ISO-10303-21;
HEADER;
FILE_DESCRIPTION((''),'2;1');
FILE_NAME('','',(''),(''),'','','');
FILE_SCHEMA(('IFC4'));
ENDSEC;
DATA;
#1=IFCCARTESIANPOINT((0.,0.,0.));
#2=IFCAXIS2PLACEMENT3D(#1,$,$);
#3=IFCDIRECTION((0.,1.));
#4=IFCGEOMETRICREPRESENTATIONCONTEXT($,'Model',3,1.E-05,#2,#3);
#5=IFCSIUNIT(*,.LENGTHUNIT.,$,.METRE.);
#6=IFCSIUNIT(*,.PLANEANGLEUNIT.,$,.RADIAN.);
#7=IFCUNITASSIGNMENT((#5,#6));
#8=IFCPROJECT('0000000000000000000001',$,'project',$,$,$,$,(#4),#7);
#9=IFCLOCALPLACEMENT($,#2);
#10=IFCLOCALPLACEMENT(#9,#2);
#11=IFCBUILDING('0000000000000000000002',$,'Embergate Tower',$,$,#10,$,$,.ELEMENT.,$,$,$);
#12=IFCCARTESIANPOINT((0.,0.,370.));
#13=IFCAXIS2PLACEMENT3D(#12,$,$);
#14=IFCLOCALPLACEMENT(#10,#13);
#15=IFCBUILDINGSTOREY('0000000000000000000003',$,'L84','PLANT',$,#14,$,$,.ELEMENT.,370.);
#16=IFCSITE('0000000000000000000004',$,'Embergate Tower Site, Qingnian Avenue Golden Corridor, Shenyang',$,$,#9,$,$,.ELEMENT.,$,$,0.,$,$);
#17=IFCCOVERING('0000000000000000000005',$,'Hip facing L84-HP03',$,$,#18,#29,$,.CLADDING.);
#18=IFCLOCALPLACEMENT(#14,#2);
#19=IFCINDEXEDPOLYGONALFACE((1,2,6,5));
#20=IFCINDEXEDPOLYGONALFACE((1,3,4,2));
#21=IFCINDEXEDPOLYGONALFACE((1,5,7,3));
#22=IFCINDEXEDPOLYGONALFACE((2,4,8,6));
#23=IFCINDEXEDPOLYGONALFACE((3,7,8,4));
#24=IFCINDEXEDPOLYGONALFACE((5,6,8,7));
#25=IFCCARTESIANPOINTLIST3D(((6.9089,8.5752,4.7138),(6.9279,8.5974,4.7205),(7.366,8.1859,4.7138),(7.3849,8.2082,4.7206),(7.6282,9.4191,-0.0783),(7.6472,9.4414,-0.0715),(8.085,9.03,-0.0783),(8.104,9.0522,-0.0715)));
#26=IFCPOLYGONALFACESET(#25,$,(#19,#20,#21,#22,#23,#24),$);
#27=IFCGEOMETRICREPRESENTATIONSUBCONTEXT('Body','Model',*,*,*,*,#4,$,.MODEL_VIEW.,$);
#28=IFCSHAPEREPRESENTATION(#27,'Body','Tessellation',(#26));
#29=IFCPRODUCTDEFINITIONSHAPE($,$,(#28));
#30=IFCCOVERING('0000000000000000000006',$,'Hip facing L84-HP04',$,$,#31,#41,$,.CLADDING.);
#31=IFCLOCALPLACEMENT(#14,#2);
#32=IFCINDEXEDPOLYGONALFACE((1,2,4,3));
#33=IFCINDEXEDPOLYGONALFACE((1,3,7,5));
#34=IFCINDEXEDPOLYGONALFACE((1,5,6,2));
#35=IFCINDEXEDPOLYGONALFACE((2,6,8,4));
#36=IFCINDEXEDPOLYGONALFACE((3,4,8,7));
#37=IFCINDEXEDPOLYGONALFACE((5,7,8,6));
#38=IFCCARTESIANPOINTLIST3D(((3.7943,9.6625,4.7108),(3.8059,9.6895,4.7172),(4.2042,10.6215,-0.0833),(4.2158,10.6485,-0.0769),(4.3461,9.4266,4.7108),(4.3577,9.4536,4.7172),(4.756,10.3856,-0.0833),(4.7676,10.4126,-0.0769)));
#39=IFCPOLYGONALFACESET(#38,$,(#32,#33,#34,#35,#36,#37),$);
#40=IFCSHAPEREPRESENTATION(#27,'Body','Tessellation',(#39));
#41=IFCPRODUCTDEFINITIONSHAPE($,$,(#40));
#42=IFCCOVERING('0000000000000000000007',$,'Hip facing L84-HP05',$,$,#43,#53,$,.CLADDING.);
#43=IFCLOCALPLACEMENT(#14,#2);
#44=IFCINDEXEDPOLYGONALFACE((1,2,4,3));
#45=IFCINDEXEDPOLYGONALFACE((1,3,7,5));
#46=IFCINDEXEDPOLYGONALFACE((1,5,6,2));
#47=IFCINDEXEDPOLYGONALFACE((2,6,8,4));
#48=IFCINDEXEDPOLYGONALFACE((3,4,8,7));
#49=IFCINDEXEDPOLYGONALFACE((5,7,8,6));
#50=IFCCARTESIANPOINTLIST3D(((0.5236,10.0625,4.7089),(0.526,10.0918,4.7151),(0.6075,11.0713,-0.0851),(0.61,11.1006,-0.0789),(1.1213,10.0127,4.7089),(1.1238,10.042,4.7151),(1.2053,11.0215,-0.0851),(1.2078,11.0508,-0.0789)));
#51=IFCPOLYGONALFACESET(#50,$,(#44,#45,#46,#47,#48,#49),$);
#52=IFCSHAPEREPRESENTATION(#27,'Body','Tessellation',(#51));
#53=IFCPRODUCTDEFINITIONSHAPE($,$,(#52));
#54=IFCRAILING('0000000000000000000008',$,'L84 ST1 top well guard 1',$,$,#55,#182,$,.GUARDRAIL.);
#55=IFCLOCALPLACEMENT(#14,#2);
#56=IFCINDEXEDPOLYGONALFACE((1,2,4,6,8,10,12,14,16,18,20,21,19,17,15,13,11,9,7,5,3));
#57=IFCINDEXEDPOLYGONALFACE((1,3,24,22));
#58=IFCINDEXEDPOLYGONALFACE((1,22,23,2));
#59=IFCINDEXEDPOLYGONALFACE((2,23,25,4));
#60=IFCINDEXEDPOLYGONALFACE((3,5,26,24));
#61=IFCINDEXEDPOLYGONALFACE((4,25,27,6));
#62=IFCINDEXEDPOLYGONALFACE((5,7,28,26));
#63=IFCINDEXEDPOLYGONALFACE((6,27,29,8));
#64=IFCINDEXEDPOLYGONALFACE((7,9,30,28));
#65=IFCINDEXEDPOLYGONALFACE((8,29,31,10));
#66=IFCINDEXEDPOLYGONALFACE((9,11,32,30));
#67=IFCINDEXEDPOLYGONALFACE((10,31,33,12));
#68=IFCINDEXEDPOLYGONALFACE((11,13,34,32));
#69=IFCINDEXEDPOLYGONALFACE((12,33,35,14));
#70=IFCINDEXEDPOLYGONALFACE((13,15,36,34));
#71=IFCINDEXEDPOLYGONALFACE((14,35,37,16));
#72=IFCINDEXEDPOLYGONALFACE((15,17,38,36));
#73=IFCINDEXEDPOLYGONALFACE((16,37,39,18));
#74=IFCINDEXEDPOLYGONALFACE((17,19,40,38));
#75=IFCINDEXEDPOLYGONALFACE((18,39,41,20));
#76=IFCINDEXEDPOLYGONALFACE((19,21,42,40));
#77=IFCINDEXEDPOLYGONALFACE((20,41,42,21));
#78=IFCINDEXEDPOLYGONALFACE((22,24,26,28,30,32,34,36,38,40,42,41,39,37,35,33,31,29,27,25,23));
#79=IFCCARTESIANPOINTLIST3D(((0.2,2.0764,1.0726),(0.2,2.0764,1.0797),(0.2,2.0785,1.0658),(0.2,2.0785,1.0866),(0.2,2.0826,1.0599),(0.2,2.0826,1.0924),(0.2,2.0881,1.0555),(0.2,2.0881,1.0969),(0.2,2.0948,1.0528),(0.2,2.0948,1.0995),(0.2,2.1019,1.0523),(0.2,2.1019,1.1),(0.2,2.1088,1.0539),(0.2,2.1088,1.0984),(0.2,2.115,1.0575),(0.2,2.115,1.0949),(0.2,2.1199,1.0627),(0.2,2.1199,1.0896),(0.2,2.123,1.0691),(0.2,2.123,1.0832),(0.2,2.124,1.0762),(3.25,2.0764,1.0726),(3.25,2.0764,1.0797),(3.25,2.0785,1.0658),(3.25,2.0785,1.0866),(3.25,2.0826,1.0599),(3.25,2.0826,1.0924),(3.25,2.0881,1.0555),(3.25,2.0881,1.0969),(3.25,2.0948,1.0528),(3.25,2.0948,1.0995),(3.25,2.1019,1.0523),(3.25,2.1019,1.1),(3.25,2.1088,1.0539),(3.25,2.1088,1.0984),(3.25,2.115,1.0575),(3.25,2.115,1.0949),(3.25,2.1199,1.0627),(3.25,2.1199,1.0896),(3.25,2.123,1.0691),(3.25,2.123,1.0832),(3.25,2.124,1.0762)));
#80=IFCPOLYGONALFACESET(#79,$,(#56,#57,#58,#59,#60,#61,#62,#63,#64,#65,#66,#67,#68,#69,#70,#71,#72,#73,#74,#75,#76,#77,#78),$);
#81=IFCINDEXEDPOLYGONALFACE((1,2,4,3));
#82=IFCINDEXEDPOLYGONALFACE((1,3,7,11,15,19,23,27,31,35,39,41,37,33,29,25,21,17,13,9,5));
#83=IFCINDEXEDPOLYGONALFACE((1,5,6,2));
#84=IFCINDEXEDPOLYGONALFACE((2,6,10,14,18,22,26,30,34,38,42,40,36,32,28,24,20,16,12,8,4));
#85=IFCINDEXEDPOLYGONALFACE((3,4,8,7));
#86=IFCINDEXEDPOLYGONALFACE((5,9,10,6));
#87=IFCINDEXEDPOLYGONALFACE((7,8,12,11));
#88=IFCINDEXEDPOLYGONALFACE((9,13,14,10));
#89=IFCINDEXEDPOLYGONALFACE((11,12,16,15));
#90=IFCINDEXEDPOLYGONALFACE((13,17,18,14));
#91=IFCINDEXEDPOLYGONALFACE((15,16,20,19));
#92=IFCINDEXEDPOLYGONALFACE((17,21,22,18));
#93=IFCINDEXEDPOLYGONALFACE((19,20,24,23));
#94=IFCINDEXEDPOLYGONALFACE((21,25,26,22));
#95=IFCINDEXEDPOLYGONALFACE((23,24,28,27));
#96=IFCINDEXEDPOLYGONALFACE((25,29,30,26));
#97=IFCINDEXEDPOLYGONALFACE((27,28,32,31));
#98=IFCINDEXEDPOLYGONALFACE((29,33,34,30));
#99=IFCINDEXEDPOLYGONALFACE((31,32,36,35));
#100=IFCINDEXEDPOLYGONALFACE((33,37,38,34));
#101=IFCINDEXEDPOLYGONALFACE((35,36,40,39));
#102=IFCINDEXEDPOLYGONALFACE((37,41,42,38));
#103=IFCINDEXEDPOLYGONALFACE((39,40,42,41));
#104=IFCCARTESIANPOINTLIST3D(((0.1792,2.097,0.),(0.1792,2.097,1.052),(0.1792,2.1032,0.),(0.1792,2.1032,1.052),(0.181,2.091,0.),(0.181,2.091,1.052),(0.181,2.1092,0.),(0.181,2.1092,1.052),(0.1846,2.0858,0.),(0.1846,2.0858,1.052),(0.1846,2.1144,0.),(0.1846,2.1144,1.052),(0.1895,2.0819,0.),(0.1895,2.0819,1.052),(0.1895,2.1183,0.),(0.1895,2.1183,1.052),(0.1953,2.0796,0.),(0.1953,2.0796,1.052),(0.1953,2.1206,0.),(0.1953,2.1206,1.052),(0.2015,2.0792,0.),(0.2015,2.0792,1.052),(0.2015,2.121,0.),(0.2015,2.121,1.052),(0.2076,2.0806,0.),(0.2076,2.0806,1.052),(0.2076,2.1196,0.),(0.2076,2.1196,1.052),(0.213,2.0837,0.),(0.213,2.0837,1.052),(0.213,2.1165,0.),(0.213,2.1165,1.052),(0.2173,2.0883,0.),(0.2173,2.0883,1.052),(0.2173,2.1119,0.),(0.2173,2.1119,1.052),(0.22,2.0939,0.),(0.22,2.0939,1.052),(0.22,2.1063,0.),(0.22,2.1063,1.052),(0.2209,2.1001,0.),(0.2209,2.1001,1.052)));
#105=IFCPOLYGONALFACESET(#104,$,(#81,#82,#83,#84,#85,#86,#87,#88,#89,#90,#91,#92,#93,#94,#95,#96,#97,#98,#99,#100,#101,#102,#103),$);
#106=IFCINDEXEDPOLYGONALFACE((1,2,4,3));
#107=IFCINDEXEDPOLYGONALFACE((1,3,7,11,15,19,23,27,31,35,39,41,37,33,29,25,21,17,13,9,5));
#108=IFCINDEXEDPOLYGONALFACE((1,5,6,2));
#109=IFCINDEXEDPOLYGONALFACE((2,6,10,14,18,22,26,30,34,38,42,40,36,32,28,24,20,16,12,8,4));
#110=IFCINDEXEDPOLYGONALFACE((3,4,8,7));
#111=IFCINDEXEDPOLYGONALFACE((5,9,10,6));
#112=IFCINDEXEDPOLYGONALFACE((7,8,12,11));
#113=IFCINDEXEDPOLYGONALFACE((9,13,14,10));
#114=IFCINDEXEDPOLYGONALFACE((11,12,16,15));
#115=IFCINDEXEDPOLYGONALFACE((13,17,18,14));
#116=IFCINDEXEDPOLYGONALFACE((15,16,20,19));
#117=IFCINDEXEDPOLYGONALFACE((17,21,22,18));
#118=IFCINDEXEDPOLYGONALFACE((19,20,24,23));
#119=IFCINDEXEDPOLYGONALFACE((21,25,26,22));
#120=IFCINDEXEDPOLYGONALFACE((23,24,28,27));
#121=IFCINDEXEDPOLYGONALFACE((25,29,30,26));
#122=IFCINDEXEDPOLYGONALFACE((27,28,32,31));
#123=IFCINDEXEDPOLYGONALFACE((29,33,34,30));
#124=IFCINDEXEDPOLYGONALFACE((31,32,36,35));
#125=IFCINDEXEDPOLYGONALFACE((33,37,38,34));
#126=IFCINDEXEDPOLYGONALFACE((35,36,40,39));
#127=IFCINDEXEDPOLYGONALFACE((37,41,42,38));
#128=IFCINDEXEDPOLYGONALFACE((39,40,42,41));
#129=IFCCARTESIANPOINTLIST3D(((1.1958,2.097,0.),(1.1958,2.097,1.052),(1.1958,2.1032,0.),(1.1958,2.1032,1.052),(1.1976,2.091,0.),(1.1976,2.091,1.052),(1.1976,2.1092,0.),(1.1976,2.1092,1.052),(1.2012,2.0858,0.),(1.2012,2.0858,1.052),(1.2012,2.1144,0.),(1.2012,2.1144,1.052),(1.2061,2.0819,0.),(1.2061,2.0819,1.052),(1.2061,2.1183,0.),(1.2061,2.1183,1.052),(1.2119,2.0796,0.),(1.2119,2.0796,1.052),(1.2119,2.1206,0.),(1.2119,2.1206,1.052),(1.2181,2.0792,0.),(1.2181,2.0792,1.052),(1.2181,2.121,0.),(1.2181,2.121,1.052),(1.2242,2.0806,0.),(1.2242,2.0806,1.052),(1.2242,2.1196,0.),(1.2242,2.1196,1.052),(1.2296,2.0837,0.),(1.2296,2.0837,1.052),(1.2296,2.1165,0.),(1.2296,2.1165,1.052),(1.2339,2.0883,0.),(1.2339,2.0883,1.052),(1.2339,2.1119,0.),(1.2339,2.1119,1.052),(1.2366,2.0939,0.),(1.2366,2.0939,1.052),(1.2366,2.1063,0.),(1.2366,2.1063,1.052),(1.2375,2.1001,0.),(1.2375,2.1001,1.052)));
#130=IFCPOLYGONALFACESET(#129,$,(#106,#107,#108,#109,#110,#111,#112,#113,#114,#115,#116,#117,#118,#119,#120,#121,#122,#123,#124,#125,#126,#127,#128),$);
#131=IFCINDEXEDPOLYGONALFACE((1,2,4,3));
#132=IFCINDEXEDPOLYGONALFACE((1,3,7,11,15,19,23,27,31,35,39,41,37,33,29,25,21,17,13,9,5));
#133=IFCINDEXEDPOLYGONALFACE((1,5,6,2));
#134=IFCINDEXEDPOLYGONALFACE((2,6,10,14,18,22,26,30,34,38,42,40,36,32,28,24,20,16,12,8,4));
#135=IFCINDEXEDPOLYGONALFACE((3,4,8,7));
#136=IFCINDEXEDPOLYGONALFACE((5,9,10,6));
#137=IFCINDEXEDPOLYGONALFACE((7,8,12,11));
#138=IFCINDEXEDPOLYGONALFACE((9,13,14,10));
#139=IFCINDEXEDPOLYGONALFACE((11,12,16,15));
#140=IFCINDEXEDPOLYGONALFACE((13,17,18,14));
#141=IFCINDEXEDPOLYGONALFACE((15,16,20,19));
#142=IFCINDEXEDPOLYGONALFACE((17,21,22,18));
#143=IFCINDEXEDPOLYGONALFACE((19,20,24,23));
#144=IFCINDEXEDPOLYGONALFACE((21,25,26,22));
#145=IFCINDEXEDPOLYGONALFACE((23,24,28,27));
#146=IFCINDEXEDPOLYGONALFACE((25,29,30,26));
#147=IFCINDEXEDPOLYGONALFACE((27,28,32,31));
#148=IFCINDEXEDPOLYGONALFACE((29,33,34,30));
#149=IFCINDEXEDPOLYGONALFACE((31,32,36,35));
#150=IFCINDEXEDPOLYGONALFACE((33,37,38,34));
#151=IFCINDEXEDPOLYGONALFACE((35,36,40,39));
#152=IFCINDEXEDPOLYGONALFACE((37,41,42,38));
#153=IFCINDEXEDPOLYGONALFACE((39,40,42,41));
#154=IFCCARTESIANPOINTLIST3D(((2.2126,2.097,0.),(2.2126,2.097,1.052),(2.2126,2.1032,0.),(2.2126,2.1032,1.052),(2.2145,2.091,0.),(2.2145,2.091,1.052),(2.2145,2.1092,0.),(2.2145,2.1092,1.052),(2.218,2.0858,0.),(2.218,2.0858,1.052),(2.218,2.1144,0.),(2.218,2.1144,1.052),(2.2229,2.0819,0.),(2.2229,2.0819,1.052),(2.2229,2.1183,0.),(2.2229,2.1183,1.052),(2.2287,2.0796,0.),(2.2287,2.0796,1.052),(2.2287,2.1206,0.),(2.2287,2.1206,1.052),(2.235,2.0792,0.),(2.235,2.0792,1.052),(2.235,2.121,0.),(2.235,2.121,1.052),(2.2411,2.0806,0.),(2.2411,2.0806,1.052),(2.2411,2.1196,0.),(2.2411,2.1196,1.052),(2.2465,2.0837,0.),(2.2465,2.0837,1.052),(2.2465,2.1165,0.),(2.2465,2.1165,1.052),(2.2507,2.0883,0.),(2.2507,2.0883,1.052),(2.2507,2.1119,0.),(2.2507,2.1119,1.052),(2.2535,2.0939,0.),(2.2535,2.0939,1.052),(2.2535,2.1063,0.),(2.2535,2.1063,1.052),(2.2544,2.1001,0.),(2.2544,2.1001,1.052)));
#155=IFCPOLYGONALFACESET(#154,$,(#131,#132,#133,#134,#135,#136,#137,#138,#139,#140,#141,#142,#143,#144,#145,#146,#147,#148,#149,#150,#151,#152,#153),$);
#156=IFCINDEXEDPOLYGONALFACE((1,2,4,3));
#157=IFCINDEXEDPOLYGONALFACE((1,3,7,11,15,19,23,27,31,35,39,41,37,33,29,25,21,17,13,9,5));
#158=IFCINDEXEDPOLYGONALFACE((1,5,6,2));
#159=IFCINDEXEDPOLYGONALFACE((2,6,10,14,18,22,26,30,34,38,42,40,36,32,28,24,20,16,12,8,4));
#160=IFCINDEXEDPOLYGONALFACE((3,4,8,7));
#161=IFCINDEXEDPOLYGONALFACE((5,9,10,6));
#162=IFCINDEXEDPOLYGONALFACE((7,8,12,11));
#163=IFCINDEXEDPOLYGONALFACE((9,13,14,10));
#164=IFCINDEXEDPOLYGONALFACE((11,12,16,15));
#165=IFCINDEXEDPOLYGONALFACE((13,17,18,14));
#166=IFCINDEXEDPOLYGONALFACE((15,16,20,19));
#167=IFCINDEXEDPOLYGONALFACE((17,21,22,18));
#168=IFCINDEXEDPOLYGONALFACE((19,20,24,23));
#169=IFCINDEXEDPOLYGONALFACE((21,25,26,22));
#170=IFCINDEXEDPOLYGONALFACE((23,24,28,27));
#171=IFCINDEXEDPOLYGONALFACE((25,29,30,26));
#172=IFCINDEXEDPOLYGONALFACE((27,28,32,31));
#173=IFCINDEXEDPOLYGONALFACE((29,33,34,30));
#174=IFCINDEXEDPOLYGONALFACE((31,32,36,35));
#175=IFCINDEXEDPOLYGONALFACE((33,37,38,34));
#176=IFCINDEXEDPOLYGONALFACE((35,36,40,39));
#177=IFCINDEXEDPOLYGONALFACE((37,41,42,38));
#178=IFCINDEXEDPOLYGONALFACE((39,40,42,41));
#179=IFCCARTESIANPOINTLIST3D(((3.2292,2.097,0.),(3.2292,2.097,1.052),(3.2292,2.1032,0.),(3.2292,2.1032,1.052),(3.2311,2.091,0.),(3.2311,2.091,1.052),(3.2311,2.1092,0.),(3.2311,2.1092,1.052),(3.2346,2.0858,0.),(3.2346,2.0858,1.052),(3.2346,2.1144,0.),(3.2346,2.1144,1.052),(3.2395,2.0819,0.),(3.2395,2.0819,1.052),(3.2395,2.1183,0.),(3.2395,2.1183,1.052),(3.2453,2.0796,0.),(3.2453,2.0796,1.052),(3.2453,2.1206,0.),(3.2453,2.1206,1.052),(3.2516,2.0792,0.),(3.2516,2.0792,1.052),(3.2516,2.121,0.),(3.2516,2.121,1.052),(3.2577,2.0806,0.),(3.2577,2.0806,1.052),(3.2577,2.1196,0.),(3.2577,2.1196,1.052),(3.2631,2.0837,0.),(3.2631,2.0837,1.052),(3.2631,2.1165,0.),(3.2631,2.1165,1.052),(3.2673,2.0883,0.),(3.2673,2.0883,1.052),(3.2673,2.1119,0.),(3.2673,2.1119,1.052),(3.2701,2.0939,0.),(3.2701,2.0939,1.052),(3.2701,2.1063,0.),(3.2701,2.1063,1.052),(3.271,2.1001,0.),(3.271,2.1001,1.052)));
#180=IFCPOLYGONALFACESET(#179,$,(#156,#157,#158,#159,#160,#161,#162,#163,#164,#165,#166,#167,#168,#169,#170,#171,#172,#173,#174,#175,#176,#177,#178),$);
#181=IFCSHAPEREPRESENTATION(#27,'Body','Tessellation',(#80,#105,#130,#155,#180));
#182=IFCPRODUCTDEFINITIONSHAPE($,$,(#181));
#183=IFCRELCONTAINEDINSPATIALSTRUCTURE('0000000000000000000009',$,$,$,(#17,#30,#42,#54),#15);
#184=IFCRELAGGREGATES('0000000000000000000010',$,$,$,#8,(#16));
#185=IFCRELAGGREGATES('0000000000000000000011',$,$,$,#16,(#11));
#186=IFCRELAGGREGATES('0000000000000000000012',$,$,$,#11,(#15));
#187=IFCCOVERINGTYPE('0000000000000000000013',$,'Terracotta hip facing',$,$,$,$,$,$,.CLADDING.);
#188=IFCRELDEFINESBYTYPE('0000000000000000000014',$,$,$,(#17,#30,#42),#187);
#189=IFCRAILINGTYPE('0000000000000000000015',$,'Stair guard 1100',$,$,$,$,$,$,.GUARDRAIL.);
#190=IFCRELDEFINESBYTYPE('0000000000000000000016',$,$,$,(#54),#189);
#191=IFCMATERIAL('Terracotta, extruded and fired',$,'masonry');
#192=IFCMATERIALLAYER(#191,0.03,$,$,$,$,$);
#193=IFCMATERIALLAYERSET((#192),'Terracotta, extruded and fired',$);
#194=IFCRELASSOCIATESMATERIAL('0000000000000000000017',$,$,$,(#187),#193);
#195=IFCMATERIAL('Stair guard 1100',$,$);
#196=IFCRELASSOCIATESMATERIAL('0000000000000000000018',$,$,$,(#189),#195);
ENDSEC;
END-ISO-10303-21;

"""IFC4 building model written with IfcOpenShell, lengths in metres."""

from ifc_helpers import new_model, si_unit, direction, frame, origin, origin_2d, place, context, subcontext, project, spatial, polyline, circle, outline, extrude, source, transform, mapped, material, layer, layer_set, type_object, element, save


model = new_model("IFC4")

# Units and contexts
model_context = context("Model", 3, precision=1e-05, world=origin(), true_north=direction((0.0, 1.0)))
body_context = subcontext(model_context, "Body", "Model", "MODEL_VIEW")
ifc_project = project(units=[si_unit("LENGTHUNIT", "METRE"), si_unit("PLANEANGLEUNIT", "RADIAN")], contexts=[model_context])

# Site, building, storey
site_placement = place(None, origin())
site = spatial("IfcSite", under=ifc_project, at=site_placement, Name="Embergate Tower Site, Qingnian Avenue Golden Corridor, Shenyang", CompositionType="ELEMENT", RefElevation=0.0)
building_placement = place(site_placement, origin())
building = spatial("IfcBuilding", under=site, at=building_placement, Name="Embergate Tower", CompositionType="ELEMENT")
storey_placement = place(building_placement, frame((0.0, 0.0, 370.0)))
storey = spatial("IfcBuildingStorey", under=building, at=storey_placement, Name="L84", Description="PLANT", CompositionType="ELEMENT", Elevation=370.0)

# Coverings
ifc_material_1 = material(Name="Terracotta, extruded and fired", Category="masonry")
ifc_layer_1 = layer(ifc_material_1, 0.03)
ifc_layer_set_1 = layer_set([ifc_layer_1], Name="Terracotta, extruded and fired")
covering_type = type_object("IfcCoveringType", Name="Terracotta hip facing", PredefinedType="CLADDING", material=ifc_layer_set_1)
shared_shape_1 = source(origin(), body_context, "Body", "SweptSolid", [
    extrude(outline(polyline([(0.0, 0.0), (4.9187, 0.0), (4.9187, -0.6003), (0.0, -0.6001), (0.0, 0.0)])), origin(), (0.0, 0.0, -1.0), 0.03),
])
covering_1_placement = place(storey_placement, frame((8.104, 9.0522, -0.0715), z_axis=(0.631719, 0.741695, 0.225431), x_axis=(-0.146189, -0.171605, 0.974259)))
element("IfcCovering", 1, at=covering_1_placement, inside=storey, type_object=covering_type, Name="Hip facing L84-HP03", PredefinedType="CLADDING", context=body_context, shape_type="MappedRepresentation", body=[
    mapped(shared_shape_1, transform((0.0, 0.0, 0.0))),
])
shared_shape_2 = source(origin(), body_context, "Body", "SweptSolid", [
    extrude(outline(polyline([(0.0, 0.0), (4.9062, 0.0), (4.9062, -0.6001), (0.0, -0.6001), (0.0, 0.0)])), origin(), (0.0, 0.0, -1.0), 0.03),
])
covering_2_placement = place(storey_placement, frame((4.7676, 10.4126, -0.0769), z_axis=(0.384053, 0.898509, 0.212567), x_axis=(-0.083548, -0.195459, 0.977147)))
element("IfcCovering", 2, at=covering_2_placement, inside=storey, type_object=covering_type, Name="Hip facing L84-HP04", PredefinedType="CLADDING", context=body_context, shape_type="MappedRepresentation", body=[
    mapped(shared_shape_2, transform((0.0, 0.0, 0.0))),
])
shared_shape_3 = source(origin(), body_context, "Body", "SweptSolid", [
    extrude(outline(polyline([(0.0, 0.0), (4.8997, 0.0), (4.8997, -0.5999), (0.0, -0.5999), (0.0, 0.0)])), origin(), (0.0, 0.0, -1.0), 0.03),
])
covering_3_placement = place(storey_placement, frame((1.2078, 11.0508, -0.0789), z_axis=(0.081221, 0.975048, 0.206602), x_axis=(-0.017141, -0.20589, 0.978425)))
element("IfcCovering", 3, at=covering_3_placement, inside=storey, type_object=covering_type, Name="Hip facing L84-HP05", PredefinedType="CLADDING", context=body_context, shape_type="MappedRepresentation", body=[
    mapped(shared_shape_3, transform((0.0, 0.0, 0.0))),
])

# Railing
ifc_material_2 = material(Name="Stair guard 1100")
railing_type = type_object("IfcRailingType", Name="Stair guard 1100", PredefinedType="GUARDRAIL", material=ifc_material_2)
shared_shape_4 = source(origin(), body_context, "Body", "SweptSolid", [
    extrude(circle(Radius=0.0239, at=origin_2d()), frame((0.0, 0.0, 1.0762), z_axis=(1.0, 0.0, 0.0), x_axis=(0.0, 1.0, 0.0)), (0.0, 0.0, 1.0), 3.05),
    extrude(circle(Radius=0.021, at=origin_2d()), origin(), (0.0, 0.0, 1.0), 1.052),
    extrude(circle(Radius=0.021, at=origin_2d()), frame((1.0166, 0.0, 0.0)), (0.0, 0.0, 1.0), 1.052),
    extrude(circle(Radius=0.021, at=origin_2d()), frame((2.0334, 0.0, 0.0)), (0.0, 0.0, 1.0), 1.052),
    extrude(circle(Radius=0.021, at=origin_2d()), frame((3.05, 0.0, 0.0)), (0.0, 0.0, 1.0), 1.052),
])
railing_placement = place(storey_placement, frame((0.2, 2.1001, 0.0)))
element("IfcRailing", 4, at=railing_placement, inside=storey, type_object=railing_type, Name="L84 ST1 top well guard 1", PredefinedType="GUARDRAIL", context=body_context, shape_type="MappedRepresentation", body=[
    mapped(shared_shape_4, transform((0.0, 0.0, 0.0))),
])

save(model, "model.ifc")
